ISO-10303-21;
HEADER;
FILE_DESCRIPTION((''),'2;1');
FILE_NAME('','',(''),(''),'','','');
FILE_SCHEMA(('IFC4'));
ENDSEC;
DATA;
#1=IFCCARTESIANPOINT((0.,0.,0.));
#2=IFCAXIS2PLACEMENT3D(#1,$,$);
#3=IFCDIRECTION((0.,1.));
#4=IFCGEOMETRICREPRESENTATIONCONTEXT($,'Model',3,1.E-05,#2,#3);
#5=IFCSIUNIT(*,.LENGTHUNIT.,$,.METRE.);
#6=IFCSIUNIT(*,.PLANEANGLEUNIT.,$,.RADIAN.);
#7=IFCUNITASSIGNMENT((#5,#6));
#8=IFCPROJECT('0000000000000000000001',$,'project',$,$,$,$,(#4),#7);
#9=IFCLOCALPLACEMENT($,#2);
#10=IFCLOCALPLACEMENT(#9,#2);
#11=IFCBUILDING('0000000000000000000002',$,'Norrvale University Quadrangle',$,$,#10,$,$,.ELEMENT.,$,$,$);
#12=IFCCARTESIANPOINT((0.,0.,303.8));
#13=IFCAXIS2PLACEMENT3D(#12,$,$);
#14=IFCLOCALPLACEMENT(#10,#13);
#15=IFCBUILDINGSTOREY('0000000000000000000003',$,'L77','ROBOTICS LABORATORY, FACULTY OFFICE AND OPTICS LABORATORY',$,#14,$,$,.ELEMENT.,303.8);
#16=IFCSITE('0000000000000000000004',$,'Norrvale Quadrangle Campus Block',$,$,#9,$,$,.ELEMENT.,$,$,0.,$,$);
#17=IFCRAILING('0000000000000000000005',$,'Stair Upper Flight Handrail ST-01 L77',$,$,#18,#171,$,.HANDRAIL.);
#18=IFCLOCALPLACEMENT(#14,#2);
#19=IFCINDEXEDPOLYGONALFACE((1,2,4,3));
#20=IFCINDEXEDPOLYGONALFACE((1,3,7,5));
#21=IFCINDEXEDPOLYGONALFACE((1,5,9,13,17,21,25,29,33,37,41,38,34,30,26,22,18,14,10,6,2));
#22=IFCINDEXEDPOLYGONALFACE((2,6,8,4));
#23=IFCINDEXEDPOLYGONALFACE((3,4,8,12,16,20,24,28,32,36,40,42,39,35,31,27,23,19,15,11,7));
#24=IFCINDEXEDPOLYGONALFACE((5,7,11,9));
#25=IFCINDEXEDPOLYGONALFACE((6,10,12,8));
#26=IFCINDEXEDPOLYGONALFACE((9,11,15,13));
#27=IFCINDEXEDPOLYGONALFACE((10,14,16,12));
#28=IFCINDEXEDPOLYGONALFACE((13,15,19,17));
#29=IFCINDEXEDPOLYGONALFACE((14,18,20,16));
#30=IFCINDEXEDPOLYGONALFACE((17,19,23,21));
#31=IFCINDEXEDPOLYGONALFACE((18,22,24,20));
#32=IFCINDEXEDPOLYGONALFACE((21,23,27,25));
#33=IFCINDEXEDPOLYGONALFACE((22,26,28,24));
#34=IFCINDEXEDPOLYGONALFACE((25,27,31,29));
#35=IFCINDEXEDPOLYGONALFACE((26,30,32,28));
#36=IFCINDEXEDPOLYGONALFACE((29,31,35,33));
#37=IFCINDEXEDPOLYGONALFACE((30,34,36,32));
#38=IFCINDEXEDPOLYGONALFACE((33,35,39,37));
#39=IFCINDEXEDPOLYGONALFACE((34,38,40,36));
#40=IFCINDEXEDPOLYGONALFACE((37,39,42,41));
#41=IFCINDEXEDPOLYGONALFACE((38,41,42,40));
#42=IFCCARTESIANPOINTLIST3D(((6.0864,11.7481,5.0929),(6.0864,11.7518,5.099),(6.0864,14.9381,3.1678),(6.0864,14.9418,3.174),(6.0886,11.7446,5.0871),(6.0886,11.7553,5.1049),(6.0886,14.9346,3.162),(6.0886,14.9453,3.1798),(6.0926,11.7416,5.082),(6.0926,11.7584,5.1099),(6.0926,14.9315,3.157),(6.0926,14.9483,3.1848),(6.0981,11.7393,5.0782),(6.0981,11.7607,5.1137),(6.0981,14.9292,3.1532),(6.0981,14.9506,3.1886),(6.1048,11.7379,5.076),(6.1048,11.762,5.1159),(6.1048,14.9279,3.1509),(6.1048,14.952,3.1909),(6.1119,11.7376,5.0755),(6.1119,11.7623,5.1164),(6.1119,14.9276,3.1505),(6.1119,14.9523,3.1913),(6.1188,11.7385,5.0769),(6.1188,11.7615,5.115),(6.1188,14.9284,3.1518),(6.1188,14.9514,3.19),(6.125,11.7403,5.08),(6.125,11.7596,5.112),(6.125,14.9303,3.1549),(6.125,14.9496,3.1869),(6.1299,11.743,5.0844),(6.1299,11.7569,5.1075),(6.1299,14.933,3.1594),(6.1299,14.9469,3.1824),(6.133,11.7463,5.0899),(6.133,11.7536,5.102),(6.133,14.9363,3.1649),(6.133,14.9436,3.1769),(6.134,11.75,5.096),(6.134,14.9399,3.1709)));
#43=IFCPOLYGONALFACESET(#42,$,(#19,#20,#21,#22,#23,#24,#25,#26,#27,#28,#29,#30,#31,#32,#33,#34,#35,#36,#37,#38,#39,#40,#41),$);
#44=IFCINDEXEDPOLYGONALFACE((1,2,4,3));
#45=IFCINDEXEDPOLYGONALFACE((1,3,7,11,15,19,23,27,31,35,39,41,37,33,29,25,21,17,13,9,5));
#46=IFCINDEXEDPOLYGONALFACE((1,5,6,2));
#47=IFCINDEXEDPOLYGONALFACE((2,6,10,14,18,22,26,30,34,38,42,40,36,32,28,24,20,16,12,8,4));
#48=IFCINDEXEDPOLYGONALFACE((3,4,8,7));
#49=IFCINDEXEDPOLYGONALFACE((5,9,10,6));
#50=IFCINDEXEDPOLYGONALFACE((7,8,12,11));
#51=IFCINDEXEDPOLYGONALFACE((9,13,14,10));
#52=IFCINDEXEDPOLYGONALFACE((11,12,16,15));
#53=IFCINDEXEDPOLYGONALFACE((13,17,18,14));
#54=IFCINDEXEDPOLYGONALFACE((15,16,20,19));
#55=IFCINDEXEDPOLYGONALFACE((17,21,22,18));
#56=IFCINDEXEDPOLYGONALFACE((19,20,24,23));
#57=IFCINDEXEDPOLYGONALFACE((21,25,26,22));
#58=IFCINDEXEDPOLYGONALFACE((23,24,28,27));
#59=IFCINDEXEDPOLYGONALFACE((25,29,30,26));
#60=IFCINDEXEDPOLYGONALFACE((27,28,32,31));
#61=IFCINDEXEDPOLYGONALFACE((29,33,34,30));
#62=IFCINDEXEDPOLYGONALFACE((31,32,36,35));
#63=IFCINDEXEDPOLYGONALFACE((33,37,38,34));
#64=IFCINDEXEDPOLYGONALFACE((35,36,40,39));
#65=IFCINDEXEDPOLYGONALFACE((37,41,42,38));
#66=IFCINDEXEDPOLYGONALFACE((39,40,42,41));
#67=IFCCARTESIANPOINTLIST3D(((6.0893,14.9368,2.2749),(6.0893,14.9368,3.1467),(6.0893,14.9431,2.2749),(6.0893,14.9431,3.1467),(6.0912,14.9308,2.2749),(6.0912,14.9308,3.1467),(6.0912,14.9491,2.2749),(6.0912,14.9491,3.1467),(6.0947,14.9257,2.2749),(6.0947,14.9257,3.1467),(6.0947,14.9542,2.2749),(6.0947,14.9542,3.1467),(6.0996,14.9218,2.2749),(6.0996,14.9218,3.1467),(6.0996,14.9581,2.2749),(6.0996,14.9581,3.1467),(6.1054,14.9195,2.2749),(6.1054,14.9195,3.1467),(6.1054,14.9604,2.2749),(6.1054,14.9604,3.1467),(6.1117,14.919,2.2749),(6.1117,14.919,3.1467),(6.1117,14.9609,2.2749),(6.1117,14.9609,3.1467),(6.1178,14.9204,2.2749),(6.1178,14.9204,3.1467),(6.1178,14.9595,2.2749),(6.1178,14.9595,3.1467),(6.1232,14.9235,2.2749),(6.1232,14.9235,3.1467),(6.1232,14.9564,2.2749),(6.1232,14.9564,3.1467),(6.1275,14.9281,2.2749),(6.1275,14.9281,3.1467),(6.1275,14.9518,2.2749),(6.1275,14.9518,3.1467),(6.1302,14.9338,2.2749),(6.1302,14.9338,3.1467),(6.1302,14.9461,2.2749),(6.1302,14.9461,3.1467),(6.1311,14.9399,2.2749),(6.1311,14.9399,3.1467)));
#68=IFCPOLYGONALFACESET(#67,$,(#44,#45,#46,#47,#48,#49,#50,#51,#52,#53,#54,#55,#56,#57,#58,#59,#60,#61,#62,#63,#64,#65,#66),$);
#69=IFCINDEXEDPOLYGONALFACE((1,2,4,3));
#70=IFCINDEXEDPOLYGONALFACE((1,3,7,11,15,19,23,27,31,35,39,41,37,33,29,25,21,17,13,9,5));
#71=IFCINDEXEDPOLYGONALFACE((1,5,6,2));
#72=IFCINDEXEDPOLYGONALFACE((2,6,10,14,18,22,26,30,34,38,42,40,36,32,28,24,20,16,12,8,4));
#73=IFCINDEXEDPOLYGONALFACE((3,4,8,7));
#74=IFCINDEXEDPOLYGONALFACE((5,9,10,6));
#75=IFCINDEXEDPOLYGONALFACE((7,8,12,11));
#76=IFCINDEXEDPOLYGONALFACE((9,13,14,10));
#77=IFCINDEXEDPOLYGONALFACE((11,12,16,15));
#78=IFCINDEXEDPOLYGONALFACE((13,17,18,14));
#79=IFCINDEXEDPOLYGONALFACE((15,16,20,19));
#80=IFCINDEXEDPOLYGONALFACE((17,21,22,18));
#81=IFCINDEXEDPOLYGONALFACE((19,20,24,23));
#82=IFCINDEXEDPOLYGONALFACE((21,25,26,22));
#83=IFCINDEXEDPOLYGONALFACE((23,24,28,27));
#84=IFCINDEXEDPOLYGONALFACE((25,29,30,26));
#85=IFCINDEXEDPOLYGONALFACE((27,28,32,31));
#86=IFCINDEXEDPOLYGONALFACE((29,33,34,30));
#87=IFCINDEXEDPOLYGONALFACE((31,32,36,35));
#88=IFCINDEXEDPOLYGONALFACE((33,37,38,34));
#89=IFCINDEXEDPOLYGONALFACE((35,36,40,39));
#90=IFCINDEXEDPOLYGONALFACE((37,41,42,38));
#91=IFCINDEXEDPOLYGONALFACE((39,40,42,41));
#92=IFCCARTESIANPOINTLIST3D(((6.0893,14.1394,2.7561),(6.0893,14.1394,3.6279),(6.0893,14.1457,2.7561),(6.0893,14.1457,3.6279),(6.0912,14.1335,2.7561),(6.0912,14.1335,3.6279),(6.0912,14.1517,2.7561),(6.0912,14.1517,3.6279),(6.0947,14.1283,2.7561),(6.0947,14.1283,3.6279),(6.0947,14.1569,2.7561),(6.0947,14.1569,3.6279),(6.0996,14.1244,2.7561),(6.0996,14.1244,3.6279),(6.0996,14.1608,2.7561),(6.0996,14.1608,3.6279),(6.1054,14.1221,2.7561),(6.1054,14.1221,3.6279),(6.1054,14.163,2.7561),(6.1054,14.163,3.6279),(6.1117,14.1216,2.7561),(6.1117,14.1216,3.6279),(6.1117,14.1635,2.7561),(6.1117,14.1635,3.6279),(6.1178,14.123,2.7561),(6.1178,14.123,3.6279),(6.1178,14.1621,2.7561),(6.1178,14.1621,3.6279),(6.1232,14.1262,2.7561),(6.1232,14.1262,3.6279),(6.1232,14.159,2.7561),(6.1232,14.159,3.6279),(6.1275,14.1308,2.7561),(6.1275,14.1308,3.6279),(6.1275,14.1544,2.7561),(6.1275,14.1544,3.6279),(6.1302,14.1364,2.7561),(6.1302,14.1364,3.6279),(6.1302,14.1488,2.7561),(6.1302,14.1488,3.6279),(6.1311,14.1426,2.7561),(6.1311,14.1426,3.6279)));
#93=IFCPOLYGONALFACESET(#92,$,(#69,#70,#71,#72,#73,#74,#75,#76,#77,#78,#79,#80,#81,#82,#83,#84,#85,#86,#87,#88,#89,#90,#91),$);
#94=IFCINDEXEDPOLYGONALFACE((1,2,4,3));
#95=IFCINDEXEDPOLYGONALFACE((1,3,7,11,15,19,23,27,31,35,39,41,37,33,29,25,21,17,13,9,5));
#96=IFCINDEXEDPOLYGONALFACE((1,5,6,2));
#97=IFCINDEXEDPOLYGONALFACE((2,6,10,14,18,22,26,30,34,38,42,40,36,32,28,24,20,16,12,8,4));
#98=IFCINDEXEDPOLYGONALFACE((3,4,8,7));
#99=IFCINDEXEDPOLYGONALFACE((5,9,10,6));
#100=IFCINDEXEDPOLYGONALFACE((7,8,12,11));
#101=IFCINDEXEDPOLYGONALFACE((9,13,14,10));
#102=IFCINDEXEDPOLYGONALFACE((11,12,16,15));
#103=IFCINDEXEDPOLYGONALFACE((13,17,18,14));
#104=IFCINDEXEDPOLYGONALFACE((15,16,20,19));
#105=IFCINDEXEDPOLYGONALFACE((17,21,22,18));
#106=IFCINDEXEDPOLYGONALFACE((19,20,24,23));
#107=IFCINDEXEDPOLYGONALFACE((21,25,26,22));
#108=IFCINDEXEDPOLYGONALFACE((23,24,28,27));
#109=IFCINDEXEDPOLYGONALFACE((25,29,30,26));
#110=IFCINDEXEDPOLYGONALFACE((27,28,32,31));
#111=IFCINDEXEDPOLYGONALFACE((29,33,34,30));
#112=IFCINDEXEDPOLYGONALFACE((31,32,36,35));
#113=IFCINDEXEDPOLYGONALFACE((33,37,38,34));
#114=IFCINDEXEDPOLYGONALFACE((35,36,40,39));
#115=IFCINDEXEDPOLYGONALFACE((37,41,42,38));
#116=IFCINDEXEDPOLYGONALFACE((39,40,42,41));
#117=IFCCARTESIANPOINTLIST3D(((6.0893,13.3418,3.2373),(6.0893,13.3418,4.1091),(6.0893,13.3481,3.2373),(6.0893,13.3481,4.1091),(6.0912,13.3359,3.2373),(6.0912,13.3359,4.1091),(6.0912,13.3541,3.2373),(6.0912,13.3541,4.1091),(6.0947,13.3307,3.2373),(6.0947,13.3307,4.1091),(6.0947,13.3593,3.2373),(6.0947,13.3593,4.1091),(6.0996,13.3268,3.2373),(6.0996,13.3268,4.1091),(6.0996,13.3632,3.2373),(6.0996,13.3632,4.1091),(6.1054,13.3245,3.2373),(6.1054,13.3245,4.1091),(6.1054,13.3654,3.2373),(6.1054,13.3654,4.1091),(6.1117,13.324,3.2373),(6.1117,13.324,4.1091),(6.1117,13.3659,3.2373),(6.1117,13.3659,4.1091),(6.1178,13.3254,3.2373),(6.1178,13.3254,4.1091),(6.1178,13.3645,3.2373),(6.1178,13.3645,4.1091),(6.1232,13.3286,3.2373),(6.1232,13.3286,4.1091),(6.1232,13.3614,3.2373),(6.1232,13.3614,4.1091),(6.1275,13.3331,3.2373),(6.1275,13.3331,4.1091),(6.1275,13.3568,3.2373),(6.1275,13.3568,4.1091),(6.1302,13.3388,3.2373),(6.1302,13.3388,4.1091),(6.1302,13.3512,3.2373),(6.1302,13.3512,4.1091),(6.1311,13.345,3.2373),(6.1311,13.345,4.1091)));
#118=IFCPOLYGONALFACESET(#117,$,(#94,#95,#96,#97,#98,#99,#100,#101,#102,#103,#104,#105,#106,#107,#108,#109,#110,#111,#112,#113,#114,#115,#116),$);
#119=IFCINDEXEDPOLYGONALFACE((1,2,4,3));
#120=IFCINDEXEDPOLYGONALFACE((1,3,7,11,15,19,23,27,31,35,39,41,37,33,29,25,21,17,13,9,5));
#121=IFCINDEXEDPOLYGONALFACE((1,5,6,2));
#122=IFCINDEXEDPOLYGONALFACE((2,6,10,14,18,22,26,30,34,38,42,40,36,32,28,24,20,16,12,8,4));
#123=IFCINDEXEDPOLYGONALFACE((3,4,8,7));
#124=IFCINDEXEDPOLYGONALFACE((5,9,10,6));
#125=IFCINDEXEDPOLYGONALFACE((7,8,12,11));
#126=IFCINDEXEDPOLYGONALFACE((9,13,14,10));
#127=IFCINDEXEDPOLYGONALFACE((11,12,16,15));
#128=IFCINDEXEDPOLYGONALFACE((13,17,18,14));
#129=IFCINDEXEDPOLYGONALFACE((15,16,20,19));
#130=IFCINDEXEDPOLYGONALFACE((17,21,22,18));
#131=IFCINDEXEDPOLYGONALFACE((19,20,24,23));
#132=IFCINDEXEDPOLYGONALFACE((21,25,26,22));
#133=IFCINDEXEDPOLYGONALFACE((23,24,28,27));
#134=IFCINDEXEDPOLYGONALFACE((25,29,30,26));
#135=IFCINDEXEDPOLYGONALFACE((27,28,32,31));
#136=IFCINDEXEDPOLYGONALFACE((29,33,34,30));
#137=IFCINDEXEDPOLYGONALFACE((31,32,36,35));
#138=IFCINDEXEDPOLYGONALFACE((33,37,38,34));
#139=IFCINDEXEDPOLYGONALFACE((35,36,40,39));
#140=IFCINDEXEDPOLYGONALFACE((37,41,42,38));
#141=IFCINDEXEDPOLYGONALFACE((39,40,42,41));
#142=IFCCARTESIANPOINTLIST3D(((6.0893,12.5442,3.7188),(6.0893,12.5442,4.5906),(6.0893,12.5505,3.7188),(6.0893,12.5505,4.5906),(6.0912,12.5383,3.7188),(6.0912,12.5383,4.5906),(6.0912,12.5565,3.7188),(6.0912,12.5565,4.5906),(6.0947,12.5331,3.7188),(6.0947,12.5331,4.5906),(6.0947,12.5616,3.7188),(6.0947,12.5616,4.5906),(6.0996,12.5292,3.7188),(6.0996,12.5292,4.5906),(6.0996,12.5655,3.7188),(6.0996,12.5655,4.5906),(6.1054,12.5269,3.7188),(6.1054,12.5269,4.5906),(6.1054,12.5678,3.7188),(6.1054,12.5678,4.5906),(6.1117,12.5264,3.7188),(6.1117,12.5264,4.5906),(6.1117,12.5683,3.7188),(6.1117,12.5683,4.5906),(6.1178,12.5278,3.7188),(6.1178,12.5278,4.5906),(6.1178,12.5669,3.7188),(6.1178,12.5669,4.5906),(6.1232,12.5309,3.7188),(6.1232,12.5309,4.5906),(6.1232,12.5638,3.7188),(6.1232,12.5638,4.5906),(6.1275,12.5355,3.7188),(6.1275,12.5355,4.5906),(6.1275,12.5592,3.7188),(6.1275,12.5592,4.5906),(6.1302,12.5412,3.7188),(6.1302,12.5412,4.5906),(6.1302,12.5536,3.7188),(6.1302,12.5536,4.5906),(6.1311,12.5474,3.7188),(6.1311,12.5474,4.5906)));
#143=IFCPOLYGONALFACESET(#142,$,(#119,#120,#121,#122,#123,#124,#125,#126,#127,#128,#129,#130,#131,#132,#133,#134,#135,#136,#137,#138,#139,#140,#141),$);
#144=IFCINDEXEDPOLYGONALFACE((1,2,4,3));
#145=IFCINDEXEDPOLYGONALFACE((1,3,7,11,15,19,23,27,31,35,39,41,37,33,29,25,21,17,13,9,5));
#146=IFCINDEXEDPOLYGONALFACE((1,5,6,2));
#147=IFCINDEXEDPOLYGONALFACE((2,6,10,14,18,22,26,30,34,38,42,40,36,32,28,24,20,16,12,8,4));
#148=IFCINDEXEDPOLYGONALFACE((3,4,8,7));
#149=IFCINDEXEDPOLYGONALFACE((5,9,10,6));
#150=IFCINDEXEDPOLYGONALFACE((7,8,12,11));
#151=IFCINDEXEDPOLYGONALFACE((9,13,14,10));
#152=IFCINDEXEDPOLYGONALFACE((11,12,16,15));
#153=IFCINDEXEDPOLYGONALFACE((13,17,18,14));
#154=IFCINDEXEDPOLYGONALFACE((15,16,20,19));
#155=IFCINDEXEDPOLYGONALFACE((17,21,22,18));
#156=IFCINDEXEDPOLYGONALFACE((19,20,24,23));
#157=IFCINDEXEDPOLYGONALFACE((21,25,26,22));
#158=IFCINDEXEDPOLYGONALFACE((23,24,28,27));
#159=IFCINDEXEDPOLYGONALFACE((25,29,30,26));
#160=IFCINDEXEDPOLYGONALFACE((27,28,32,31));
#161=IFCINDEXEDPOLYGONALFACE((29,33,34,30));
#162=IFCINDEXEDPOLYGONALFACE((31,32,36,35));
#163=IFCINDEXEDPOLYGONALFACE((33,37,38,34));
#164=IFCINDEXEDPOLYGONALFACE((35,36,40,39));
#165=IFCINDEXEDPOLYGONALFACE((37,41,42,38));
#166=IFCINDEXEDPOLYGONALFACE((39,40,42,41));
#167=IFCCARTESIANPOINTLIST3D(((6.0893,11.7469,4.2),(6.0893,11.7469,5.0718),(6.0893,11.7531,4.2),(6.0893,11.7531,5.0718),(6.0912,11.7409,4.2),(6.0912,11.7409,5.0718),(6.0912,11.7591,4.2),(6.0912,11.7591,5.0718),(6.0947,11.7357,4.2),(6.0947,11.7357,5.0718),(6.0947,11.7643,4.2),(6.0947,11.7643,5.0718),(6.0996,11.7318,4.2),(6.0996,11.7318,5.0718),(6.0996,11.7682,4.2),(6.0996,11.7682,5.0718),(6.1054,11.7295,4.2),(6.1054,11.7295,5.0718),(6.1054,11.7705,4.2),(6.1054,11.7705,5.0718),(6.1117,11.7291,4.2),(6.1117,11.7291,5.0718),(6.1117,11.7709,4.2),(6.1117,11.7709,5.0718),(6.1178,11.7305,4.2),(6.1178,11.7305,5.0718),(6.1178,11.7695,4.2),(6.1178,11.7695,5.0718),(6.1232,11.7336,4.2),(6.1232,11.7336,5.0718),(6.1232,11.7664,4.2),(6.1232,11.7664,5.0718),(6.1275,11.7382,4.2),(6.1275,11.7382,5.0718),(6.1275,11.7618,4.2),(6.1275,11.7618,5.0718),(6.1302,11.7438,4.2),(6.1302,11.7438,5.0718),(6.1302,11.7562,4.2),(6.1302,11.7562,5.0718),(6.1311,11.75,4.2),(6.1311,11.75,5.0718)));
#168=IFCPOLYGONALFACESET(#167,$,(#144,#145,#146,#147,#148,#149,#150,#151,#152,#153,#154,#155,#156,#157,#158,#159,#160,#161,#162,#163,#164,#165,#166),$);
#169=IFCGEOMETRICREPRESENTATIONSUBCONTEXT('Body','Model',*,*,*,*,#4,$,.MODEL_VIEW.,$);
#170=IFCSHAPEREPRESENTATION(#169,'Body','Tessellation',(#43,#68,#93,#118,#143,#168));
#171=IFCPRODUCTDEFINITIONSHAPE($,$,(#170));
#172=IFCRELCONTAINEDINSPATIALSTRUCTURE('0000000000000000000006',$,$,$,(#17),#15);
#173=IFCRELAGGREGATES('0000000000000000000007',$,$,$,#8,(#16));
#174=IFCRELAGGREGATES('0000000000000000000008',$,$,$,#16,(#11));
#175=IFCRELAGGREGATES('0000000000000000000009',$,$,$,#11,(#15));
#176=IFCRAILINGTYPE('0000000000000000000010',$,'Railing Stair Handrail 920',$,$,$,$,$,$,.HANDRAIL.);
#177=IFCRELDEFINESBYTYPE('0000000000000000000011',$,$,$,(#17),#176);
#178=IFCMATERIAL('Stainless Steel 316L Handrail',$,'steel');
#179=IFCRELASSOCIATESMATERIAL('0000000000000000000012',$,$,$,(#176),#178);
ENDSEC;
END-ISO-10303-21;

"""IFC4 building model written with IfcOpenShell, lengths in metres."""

from ifc_helpers import new_model, si_unit, direction, frame, origin, origin_2d, place, context, subcontext, project, spatial, circle, extrude, material, type_object, element, save


model = new_model("IFC4")

# Units and contexts
model_context = context("Model", 3, precision=1e-05, world=origin(), true_north=direction((0.0, 1.0)))
body_context = subcontext(model_context, "Body", "Model", "MODEL_VIEW")
ifc_project = project(units=[si_unit("LENGTHUNIT", "METRE"), si_unit("PLANEANGLEUNIT", "RADIAN")], contexts=[model_context])

# Site, building, storey
site_placement = place(None, origin())
site = spatial("IfcSite", under=ifc_project, at=site_placement, Name="Norrvale Quadrangle Campus Block", CompositionType="ELEMENT", RefElevation=0.0)
building_placement = place(site_placement, origin())
building = spatial("IfcBuilding", under=site, at=building_placement, Name="Norrvale University Quadrangle", CompositionType="ELEMENT")
storey_placement = place(building_placement, frame((0.0, 0.0, 303.8)))
storey = spatial("IfcBuildingStorey", under=building, at=storey_placement, Name="L77", Description="ROBOTICS LABORATORY, FACULTY OFFICE AND OPTICS LABORATORY", CompositionType="ELEMENT", Elevation=303.8)

# Railing
ifc_material_1 = material(Name="Stainless Steel 316L Handrail", Category="steel")
railing_type_1 = type_object("IfcRailingType", Name="Railing Stair Handrail 920", PredefinedType="HANDRAIL", material=ifc_material_1)
railing_1_placement = place(storey_placement, frame((6.1101, 14.9399, 2.2749)))
element("IfcRailing", 1, at=railing_1_placement, inside=storey, type_object=railing_type_1, Name="Stair Upper Flight Handrail ST-01 L77", PredefinedType="HANDRAIL", context=body_context, shape_type="SweptSolid", body=[
    extrude(circle(Radius=0.0239, at=origin_2d()), frame((0.0, 0.0, 0.896), z_axis=(0.0, -0.856178, 0.516682), x_axis=(1.0, 0.0, 0.0)), (0.0, 0.0, 1.0), 3.7258),
    extrude(circle(Radius=0.021, at=origin_2d()), origin(), (0.0, 0.0, 1.0), 0.8718),
    extrude(circle(Radius=0.021, at=origin_2d()), frame((0.0, -0.7974, 0.4812)), (0.0, 0.0, 1.0), 0.8718),
    extrude(circle(Radius=0.021, at=origin_2d()), frame((0.0, -1.595, 0.9624)), (0.0, 0.0, 1.0), 0.8718),
    extrude(circle(Radius=0.021, at=origin_2d()), frame((0.0, -2.3926, 1.4438)), (0.0, 0.0, 1.0), 0.8718),
    extrude(circle(Radius=0.021, at=origin_2d()), frame((0.0, -3.1899, 1.925)), (0.0, 0.0, 1.0), 0.8718),
])

save(model, "model.ifc")
